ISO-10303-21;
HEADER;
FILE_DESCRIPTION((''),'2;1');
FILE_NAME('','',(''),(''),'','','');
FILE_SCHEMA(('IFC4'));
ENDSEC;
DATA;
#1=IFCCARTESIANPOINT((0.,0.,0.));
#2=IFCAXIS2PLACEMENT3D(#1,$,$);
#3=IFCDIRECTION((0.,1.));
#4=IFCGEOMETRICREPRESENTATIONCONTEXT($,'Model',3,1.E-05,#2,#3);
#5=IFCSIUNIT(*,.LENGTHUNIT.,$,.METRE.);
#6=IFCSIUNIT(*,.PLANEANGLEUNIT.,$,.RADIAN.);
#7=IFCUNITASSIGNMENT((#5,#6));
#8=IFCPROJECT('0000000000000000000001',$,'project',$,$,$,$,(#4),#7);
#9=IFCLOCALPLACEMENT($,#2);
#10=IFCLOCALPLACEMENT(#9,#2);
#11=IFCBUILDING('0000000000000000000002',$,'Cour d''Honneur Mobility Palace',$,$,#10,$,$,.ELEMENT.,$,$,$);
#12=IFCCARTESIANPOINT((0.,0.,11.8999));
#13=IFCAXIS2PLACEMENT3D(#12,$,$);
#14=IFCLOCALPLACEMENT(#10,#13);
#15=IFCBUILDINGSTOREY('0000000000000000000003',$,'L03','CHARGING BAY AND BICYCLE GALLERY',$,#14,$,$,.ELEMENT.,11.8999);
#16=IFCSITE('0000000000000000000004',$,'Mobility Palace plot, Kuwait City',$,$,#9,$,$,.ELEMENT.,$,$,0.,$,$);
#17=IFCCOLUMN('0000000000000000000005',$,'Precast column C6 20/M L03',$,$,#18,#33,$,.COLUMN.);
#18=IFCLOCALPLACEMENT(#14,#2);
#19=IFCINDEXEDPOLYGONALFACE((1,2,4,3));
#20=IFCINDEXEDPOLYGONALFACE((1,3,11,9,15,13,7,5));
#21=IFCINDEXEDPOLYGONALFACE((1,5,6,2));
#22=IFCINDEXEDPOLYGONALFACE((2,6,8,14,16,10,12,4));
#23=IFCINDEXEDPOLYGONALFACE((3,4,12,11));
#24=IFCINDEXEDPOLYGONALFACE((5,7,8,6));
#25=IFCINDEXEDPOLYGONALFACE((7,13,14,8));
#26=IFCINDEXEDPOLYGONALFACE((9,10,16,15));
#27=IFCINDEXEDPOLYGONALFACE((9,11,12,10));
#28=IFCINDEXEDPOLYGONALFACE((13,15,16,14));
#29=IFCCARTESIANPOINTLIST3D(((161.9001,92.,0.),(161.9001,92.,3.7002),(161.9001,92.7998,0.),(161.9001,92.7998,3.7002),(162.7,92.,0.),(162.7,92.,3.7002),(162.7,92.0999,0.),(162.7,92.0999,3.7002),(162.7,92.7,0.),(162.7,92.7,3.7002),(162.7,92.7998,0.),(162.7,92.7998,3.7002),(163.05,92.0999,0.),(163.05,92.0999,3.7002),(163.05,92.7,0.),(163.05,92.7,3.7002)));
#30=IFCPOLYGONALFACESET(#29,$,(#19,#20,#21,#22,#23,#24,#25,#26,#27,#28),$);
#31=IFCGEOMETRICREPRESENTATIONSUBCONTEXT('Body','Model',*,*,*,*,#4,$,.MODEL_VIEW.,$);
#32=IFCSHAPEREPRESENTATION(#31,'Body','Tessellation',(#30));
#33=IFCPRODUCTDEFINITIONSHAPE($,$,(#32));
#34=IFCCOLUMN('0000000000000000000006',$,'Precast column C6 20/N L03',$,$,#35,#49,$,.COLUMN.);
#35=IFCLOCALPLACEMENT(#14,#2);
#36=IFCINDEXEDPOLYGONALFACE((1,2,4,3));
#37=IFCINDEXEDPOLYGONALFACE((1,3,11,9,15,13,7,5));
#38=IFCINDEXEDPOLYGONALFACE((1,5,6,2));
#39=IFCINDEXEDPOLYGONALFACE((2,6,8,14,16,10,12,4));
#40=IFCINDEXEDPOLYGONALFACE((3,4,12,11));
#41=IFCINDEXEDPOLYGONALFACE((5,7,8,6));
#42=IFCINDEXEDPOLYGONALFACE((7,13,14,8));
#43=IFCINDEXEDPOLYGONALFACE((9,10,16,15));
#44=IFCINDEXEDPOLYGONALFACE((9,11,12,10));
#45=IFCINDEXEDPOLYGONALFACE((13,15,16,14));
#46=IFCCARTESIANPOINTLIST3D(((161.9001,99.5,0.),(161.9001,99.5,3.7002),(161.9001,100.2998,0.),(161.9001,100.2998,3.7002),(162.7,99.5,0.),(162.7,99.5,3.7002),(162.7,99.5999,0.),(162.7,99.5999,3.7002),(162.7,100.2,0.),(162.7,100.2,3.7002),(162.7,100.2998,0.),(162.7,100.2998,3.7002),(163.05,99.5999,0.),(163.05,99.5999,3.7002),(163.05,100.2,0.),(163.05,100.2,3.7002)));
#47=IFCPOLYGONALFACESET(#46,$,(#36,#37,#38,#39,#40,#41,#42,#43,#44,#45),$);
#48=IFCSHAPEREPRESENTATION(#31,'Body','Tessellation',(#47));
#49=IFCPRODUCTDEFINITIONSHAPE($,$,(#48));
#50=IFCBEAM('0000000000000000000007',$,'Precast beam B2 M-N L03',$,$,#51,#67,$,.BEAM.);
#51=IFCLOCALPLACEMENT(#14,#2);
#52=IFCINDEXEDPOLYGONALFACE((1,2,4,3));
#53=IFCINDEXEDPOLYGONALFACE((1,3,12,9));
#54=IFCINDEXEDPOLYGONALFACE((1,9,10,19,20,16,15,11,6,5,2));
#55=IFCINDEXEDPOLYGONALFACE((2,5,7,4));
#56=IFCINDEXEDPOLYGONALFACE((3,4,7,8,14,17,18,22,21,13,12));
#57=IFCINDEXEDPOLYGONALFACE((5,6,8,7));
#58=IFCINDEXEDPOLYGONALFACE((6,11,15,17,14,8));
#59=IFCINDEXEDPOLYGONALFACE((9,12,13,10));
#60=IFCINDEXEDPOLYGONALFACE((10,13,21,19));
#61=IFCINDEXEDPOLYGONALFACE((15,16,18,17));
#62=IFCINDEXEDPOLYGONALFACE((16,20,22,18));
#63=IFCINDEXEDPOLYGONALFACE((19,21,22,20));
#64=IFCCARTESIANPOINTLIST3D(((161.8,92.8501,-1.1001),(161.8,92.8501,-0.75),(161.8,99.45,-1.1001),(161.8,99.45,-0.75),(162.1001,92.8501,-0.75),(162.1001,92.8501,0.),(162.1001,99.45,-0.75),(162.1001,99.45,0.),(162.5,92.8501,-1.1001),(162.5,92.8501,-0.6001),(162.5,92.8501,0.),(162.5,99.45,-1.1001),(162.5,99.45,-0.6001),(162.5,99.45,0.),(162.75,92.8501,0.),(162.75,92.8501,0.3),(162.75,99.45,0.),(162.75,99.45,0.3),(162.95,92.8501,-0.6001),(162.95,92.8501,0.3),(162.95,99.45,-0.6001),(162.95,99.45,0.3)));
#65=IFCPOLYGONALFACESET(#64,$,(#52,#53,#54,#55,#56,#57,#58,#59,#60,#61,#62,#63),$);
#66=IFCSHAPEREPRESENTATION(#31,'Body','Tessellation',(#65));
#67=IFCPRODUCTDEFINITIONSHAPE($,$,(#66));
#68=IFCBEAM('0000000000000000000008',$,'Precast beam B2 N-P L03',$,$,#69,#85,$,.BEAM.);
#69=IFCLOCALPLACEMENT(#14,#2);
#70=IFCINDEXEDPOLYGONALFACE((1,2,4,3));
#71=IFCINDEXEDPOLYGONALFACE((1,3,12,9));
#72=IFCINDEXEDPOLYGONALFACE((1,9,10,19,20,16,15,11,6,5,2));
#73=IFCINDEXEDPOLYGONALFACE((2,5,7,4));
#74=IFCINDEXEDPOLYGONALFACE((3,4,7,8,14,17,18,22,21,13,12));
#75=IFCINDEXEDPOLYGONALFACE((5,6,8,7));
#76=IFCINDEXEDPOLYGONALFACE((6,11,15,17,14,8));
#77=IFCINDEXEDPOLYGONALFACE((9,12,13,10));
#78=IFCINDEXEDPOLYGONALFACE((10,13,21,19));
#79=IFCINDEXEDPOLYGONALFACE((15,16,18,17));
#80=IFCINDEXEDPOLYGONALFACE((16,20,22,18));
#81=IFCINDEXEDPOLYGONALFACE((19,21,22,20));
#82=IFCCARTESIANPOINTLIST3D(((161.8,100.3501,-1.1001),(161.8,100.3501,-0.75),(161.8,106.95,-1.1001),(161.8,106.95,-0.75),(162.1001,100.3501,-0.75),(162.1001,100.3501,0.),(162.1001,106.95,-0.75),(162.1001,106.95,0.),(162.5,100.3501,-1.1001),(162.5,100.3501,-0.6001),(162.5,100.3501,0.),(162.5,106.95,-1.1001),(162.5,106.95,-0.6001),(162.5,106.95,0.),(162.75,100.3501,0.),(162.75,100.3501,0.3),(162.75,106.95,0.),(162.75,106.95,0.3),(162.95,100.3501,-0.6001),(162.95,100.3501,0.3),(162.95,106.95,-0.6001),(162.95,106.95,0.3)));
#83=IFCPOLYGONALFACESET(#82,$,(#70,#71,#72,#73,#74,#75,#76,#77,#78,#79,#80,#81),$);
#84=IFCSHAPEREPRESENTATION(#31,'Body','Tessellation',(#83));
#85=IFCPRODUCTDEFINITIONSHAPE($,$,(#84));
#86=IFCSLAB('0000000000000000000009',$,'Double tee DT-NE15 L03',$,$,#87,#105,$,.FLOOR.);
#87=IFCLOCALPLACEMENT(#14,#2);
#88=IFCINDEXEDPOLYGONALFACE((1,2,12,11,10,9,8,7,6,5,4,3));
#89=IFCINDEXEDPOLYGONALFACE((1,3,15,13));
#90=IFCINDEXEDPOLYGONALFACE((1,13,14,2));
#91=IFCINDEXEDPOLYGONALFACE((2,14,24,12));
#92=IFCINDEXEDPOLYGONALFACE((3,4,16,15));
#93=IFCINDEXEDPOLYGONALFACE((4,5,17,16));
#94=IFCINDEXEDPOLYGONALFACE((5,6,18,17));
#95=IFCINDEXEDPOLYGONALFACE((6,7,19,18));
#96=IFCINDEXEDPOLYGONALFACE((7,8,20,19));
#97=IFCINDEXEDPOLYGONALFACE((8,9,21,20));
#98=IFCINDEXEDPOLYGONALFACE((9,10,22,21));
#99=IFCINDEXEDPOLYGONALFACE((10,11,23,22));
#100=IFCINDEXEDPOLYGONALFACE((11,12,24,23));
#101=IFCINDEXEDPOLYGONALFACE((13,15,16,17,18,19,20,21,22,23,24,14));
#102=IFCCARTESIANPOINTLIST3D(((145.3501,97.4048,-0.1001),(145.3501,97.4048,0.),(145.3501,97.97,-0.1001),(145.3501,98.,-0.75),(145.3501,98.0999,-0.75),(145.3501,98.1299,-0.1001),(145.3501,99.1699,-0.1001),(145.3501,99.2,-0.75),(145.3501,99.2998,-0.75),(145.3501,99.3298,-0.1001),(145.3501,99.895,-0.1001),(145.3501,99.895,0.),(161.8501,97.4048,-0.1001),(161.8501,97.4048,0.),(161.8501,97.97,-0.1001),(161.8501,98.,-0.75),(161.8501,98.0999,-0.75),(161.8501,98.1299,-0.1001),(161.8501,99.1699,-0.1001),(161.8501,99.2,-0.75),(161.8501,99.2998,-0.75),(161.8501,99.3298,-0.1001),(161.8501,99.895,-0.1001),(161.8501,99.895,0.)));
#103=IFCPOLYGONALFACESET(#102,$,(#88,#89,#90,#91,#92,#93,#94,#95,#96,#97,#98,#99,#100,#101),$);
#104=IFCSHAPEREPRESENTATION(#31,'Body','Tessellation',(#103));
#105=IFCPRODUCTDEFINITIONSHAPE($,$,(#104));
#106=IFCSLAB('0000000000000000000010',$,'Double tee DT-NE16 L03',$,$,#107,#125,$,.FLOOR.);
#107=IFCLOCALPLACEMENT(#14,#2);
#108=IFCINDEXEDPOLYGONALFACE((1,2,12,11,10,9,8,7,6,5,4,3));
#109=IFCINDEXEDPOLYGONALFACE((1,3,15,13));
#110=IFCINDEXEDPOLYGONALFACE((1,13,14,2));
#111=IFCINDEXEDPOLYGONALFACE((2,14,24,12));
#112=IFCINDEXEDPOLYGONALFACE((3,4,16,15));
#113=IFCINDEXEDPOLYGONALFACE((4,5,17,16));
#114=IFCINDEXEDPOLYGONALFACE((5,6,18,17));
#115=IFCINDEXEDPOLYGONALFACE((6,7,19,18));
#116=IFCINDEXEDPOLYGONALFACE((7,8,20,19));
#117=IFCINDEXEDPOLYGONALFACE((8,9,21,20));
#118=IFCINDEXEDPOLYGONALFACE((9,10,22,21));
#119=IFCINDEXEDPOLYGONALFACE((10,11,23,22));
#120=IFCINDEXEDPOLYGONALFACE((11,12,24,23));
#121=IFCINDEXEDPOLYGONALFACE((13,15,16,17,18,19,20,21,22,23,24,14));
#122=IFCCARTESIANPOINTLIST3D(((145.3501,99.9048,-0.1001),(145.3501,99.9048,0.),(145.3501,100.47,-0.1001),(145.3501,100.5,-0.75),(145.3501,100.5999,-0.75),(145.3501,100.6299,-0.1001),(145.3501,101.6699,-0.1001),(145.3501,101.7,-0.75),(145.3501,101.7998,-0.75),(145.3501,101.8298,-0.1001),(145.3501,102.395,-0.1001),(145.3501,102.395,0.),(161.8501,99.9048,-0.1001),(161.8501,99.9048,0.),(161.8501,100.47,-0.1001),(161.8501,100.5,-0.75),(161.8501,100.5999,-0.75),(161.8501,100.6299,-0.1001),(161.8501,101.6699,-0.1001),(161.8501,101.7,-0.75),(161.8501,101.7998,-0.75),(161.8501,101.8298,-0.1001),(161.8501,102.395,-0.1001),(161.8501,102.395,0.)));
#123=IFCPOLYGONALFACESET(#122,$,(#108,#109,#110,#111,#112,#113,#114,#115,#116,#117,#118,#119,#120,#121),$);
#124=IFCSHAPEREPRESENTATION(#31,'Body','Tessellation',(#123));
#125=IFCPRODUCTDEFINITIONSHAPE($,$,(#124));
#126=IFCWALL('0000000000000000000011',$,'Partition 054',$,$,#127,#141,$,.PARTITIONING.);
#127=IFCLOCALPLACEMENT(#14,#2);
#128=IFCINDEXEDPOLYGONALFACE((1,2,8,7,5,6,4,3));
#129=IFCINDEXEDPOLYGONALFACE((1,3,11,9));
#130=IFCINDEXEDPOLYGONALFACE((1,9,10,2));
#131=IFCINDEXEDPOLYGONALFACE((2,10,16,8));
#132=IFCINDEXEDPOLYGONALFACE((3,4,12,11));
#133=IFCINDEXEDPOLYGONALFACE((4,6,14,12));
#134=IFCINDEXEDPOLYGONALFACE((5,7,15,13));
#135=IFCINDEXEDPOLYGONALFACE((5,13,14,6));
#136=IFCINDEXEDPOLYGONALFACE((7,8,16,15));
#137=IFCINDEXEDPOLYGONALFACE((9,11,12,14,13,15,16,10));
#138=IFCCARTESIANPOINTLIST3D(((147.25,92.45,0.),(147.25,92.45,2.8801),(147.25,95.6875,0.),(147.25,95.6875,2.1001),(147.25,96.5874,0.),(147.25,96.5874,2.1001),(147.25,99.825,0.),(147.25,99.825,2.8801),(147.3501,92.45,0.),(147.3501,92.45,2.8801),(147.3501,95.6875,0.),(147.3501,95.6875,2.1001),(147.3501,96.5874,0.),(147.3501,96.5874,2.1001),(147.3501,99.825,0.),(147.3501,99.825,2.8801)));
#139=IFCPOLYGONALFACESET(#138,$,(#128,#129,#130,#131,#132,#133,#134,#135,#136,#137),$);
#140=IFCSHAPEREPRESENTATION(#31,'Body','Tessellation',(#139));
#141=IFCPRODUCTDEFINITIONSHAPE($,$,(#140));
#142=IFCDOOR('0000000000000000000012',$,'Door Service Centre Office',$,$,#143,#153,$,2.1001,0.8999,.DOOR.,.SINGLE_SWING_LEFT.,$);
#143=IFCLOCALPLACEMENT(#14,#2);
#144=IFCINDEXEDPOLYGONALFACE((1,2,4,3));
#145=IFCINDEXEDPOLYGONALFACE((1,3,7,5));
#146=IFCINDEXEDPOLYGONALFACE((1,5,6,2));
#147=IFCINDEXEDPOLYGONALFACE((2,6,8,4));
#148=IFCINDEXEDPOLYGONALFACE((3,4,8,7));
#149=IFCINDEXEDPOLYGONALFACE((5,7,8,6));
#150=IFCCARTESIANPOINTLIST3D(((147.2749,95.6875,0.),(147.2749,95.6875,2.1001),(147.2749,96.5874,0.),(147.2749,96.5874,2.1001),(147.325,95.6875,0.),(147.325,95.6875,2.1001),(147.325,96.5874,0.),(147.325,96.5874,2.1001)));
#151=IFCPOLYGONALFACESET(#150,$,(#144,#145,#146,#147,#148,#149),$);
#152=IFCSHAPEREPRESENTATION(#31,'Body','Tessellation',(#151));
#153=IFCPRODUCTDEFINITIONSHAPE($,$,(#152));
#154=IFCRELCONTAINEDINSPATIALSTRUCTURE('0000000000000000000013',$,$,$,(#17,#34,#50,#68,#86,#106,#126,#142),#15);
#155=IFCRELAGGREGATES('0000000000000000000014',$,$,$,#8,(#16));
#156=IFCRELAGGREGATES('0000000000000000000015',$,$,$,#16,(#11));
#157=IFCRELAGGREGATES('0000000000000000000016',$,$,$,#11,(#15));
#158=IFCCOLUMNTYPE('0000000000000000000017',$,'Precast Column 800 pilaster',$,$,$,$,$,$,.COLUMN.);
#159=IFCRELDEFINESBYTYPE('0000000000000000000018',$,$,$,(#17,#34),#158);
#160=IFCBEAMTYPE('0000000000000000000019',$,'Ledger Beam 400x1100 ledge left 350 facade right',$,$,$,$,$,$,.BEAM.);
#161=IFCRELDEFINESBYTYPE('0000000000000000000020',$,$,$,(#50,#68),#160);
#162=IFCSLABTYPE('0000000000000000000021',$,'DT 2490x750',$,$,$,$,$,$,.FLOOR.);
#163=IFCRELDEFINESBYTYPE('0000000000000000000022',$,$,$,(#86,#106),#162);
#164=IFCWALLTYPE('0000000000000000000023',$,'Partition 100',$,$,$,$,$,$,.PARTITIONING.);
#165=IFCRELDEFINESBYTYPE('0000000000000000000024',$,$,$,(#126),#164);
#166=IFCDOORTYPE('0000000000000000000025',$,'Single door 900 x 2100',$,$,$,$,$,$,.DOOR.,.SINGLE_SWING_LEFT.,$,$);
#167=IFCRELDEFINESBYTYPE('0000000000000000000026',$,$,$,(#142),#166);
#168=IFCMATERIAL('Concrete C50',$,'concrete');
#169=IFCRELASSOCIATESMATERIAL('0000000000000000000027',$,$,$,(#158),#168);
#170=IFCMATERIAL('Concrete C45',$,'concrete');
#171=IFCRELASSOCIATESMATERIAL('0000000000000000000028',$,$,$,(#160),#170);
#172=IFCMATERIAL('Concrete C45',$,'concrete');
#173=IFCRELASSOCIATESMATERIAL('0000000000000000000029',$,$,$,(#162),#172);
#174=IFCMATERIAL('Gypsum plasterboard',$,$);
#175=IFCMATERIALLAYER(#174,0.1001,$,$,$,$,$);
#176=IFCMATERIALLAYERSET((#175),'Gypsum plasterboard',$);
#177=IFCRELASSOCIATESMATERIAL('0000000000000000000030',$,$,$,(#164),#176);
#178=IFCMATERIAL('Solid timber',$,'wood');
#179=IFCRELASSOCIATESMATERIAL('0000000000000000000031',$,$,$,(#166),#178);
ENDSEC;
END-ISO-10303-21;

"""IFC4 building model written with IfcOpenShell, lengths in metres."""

from ifc_helpers import new_model, si_unit, direction, frame, frame_2d, origin, place, context, subcontext, project, spatial, polyline, rectangle, outline, extrude, material, layer, layer_set, material_profile, profile_set, type_object, element, fill, save


model = new_model("IFC4")

# Units and contexts
model_context = context("Model", 3, precision=1e-05, world=origin(), true_north=direction((0.0, 1.0)))
body_context = subcontext(model_context, "Body", "Model", "MODEL_VIEW")
ifc_project = project(units=[si_unit("LENGTHUNIT", "METRE"), si_unit("PLANEANGLEUNIT", "RADIAN")], contexts=[model_context])

# Site, building, storey
site_placement = place(None, origin())
site = spatial("IfcSite", under=ifc_project, at=site_placement, Name="Mobility Palace plot, Kuwait City", CompositionType="ELEMENT", RefElevation=0.0)
building_placement = place(site_placement, origin())
building = spatial("IfcBuilding", under=site, at=building_placement, Name="Cour d'Honneur Mobility Palace", CompositionType="ELEMENT")
storey_placement = place(building_placement, frame((0.0, 0.0, 11.8999)))
storey = spatial("IfcBuildingStorey", under=building, at=storey_placement, Name="L03", Description="CHARGING BAY AND BICYCLE GALLERY", CompositionType="ELEMENT", Elevation=11.8999)

# Columns
ifc_material_1 = material(Name="Concrete C50", Category="concrete")
ifc_material_profile_1 = material_profile(ifc_material_1, outline(polyline([(-0.3999, -0.3999), (0.3999, -0.3999), (0.3999, -0.3), (0.75, -0.3), (0.75, 0.3), (0.3999, 0.3), (0.3999, 0.3999), (-0.3999, 0.3999), (-0.3999, -0.3999)])), Name="PC C800 pilaster")
ifc_profile_set_1 = profile_set([ifc_material_profile_1], Name="Concrete C50")
column_type = type_object("IfcColumnType", Name="Precast Column 800 pilaster", PredefinedType="COLUMN", material=ifc_profile_set_1)
for number, where, z_axis, x_axis, name in (
    (1, (162.3, 92.3999, 0.0), (0.0, 0.0, 1.0), (1.0, 0.0, 0.0), "Precast column C6 20/M L03"),
    (2, (162.3, 99.8999, 0.0), (0.0, 0.0, 1.0), (1.0, 0.0, 0.0), "Precast column C6 20/N L03"),
):
    element("IfcColumn", number, at=place(storey_placement, frame(where, z_axis=z_axis, x_axis=x_axis)), inside=storey, type_object=column_type, Name=name, PredefinedType="COLUMN", context=body_context, shape_type="SweptSolid", body=[
        extrude(outline(polyline([(-0.3999, -0.3999), (0.3999, -0.3999), (0.3999, -0.3), (0.75, -0.3), (0.75, 0.3), (0.3999, 0.3), (0.3999, 0.3999), (-0.3999, 0.3999), (-0.3999, -0.3999)])), origin(), (0.0, 0.0, 1.0), 3.7002),
    ])

# Beams
ifc_material_2 = material(Name="Concrete C45", Category="concrete")
ifc_material_profile_2 = material_profile(ifc_material_2, outline(polyline([(0.5, -1.1001), (0.5, -0.75), (0.2, -0.75), (0.2, 0.0), (-0.2, 0.0), (-0.45, 0.0), (-0.45, 0.3), (-0.6499, 0.3), (-0.6499, -0.6001), (-0.2, -0.6001), (-0.2, -1.1001), (0.5, -1.1001)])), Name="Ledger Beam 400x1100 ledge left 350 facade right")
ifc_profile_set_2 = profile_set([ifc_material_profile_2], Name="Concrete C45")
beam_type = type_object("IfcBeamType", Name="Ledger Beam 400x1100 ledge left 350 facade right", PredefinedType="BEAM", material=ifc_profile_set_2)
for number, where, z_axis, x_axis, name in (
    (3, (162.3, 92.8501, 0.0), (0.0, 1.0, 0.0), (-1.0, 0.0, 0.0), "Precast beam B2 M-N L03"),
    (4, (162.3, 100.3501, 0.0), (0.0, 1.0, 0.0), (-1.0, 0.0, 0.0), "Precast beam B2 N-P L03"),
):
    element("IfcBeam", number, at=place(storey_placement, frame(where, z_axis=z_axis, x_axis=x_axis)), inside=storey, type_object=beam_type, Name=name, PredefinedType="BEAM", context=body_context, shape_type="SweptSolid", body=[
        extrude(outline(polyline([(0.5, -1.1001), (0.5, -0.75), (0.2, -0.75), (0.2, 0.0), (-0.2, 0.0), (-0.45, 0.0), (-0.45, 0.3), (-0.6499, 0.3), (-0.6499, -0.6001), (-0.2, -0.6001), (-0.2, -1.1001), (0.5, -1.1001)])), origin(), (0.0, 0.0, 1.0), 6.5999),
    ])

# Slabs
ifc_material_3 = material(Name="Concrete C45", Category="concrete")
ifc_material_profile_3 = material_profile(ifc_material_3, outline(polyline([(-1.2451, 0.0), (1.2451, 0.0), (1.2451, -0.1001), (0.6799, -0.1001), (0.6499, -0.75), (0.55, -0.75), (0.52, -0.1001), (-0.52, -0.1001), (-0.55, -0.75), (-0.6499, -0.75), (-0.6799, -0.1001), (-1.2451, -0.1001), (-1.2451, 0.0)])), Name="DT 2490x750")
ifc_profile_set_3 = profile_set([ifc_material_profile_3], Name="Concrete C45")
slab_type = type_object("IfcSlabType", Name="DT 2490x750", PredefinedType="FLOOR", material=ifc_profile_set_3)
for number, where, z_axis, x_axis, name in (
    (5, (145.3501, 98.6499, 0.0), (1.0, 0.0, 0.0), (0.0, 1.0, 0.0), "Double tee DT-NE15 L03"),
    (6, (145.3501, 101.1499, 0.0), (1.0, 0.0, 0.0), (0.0, 1.0, 0.0), "Double tee DT-NE16 L03"),
):
    element("IfcSlab", number, at=place(storey_placement, frame(where, z_axis=z_axis, x_axis=x_axis)), inside=storey, type_object=slab_type, Name=name, PredefinedType="FLOOR", context=body_context, shape_type="SweptSolid", body=[
        extrude(outline(polyline([(-1.2451, 0.0), (1.2451, 0.0), (1.2451, -0.1001), (0.6799, -0.1001), (0.6499, -0.75), (0.55, -0.75), (0.52, -0.1001), (-0.52, -0.1001), (-0.55, -0.75), (-0.6499, -0.75), (-0.6799, -0.1001), (-1.2451, -0.1001), (-1.2451, 0.0)])), origin(), (0.0, 0.0, 1.0), 16.5),
    ])

# Wall, opening, door
ifc_material_4 = material(Name="Gypsum plasterboard")
ifc_layer_1 = layer(ifc_material_4, 0.1001)
ifc_layer_set_1 = layer_set([ifc_layer_1], Name="Gypsum plasterboard")
wall_type_1 = type_object("IfcWallType", Name="Partition 100", PredefinedType="PARTITIONING", material=ifc_layer_set_1)
wall_1_placement = place(storey_placement, frame((147.3, 99.825, 0.0), z_axis=(0.0, 0.0, 1.0), x_axis=(0.0, -1.0, 0.0)))
wall_1 = element("IfcWall", 7, at=wall_1_placement, inside=storey, type_object=wall_type_1, Name="Partition 054", PredefinedType="PARTITIONING", context=body_context, shape_type="SweptSolid", body=[
    extrude(rectangle(XDim=7.375, YDim=0.1001, at=frame_2d((3.6875, 0.0))), origin(), (0.0, 0.0, 1.0), 2.8801),
])
opening_1_placement = place(wall_1_placement, frame((3.2375, 0.0, 0.0)))
opening_1 = element("IfcOpeningElement", 8, at=opening_1_placement, cuts=wall_1, PredefinedType="OPENING", context=body_context, shape_type="SweptSolid", body=[
    extrude(rectangle(XDim=0.8999, YDim=2.1001, at=frame_2d((0.45, 1.05))), frame((0.0, 0.0601, 0.0), z_axis=(0.0, -1.0, 0.0), x_axis=(1.0, 0.0, 0.0)), (0.0, 0.0, 1.0), 0.1201),
])
ifc_material_5 = material(Name="Solid timber", Category="wood")
door_type_1 = type_object("IfcDoorType", Name="Single door 900 x 2100", OperationType="SINGLE_SWING_LEFT", PredefinedType="DOOR", material=ifc_material_5)
door_1_placement = place(opening_1_placement, origin())
door_1 = element("IfcDoor", 9, at=door_1_placement, inside=storey, type_object=door_type_1, Name="Door Service Centre Office", OperationType="SINGLE_SWING_LEFT", OverallHeight=2.1001, OverallWidth=0.8999, PredefinedType="DOOR", context=body_context, shape_type="SweptSolid", body=[
    extrude(rectangle(XDim=0.8999, YDim=2.1001, at=frame_2d((0.45, 1.05))), frame((0.0, 0.0249, 0.0), z_axis=(0.0, -1.0, 0.0), x_axis=(1.0, 0.0, 0.0)), (0.0, 0.0, 1.0), 0.05),
])
fill(opening_1, door_1)

save(model, "model.ifc")
